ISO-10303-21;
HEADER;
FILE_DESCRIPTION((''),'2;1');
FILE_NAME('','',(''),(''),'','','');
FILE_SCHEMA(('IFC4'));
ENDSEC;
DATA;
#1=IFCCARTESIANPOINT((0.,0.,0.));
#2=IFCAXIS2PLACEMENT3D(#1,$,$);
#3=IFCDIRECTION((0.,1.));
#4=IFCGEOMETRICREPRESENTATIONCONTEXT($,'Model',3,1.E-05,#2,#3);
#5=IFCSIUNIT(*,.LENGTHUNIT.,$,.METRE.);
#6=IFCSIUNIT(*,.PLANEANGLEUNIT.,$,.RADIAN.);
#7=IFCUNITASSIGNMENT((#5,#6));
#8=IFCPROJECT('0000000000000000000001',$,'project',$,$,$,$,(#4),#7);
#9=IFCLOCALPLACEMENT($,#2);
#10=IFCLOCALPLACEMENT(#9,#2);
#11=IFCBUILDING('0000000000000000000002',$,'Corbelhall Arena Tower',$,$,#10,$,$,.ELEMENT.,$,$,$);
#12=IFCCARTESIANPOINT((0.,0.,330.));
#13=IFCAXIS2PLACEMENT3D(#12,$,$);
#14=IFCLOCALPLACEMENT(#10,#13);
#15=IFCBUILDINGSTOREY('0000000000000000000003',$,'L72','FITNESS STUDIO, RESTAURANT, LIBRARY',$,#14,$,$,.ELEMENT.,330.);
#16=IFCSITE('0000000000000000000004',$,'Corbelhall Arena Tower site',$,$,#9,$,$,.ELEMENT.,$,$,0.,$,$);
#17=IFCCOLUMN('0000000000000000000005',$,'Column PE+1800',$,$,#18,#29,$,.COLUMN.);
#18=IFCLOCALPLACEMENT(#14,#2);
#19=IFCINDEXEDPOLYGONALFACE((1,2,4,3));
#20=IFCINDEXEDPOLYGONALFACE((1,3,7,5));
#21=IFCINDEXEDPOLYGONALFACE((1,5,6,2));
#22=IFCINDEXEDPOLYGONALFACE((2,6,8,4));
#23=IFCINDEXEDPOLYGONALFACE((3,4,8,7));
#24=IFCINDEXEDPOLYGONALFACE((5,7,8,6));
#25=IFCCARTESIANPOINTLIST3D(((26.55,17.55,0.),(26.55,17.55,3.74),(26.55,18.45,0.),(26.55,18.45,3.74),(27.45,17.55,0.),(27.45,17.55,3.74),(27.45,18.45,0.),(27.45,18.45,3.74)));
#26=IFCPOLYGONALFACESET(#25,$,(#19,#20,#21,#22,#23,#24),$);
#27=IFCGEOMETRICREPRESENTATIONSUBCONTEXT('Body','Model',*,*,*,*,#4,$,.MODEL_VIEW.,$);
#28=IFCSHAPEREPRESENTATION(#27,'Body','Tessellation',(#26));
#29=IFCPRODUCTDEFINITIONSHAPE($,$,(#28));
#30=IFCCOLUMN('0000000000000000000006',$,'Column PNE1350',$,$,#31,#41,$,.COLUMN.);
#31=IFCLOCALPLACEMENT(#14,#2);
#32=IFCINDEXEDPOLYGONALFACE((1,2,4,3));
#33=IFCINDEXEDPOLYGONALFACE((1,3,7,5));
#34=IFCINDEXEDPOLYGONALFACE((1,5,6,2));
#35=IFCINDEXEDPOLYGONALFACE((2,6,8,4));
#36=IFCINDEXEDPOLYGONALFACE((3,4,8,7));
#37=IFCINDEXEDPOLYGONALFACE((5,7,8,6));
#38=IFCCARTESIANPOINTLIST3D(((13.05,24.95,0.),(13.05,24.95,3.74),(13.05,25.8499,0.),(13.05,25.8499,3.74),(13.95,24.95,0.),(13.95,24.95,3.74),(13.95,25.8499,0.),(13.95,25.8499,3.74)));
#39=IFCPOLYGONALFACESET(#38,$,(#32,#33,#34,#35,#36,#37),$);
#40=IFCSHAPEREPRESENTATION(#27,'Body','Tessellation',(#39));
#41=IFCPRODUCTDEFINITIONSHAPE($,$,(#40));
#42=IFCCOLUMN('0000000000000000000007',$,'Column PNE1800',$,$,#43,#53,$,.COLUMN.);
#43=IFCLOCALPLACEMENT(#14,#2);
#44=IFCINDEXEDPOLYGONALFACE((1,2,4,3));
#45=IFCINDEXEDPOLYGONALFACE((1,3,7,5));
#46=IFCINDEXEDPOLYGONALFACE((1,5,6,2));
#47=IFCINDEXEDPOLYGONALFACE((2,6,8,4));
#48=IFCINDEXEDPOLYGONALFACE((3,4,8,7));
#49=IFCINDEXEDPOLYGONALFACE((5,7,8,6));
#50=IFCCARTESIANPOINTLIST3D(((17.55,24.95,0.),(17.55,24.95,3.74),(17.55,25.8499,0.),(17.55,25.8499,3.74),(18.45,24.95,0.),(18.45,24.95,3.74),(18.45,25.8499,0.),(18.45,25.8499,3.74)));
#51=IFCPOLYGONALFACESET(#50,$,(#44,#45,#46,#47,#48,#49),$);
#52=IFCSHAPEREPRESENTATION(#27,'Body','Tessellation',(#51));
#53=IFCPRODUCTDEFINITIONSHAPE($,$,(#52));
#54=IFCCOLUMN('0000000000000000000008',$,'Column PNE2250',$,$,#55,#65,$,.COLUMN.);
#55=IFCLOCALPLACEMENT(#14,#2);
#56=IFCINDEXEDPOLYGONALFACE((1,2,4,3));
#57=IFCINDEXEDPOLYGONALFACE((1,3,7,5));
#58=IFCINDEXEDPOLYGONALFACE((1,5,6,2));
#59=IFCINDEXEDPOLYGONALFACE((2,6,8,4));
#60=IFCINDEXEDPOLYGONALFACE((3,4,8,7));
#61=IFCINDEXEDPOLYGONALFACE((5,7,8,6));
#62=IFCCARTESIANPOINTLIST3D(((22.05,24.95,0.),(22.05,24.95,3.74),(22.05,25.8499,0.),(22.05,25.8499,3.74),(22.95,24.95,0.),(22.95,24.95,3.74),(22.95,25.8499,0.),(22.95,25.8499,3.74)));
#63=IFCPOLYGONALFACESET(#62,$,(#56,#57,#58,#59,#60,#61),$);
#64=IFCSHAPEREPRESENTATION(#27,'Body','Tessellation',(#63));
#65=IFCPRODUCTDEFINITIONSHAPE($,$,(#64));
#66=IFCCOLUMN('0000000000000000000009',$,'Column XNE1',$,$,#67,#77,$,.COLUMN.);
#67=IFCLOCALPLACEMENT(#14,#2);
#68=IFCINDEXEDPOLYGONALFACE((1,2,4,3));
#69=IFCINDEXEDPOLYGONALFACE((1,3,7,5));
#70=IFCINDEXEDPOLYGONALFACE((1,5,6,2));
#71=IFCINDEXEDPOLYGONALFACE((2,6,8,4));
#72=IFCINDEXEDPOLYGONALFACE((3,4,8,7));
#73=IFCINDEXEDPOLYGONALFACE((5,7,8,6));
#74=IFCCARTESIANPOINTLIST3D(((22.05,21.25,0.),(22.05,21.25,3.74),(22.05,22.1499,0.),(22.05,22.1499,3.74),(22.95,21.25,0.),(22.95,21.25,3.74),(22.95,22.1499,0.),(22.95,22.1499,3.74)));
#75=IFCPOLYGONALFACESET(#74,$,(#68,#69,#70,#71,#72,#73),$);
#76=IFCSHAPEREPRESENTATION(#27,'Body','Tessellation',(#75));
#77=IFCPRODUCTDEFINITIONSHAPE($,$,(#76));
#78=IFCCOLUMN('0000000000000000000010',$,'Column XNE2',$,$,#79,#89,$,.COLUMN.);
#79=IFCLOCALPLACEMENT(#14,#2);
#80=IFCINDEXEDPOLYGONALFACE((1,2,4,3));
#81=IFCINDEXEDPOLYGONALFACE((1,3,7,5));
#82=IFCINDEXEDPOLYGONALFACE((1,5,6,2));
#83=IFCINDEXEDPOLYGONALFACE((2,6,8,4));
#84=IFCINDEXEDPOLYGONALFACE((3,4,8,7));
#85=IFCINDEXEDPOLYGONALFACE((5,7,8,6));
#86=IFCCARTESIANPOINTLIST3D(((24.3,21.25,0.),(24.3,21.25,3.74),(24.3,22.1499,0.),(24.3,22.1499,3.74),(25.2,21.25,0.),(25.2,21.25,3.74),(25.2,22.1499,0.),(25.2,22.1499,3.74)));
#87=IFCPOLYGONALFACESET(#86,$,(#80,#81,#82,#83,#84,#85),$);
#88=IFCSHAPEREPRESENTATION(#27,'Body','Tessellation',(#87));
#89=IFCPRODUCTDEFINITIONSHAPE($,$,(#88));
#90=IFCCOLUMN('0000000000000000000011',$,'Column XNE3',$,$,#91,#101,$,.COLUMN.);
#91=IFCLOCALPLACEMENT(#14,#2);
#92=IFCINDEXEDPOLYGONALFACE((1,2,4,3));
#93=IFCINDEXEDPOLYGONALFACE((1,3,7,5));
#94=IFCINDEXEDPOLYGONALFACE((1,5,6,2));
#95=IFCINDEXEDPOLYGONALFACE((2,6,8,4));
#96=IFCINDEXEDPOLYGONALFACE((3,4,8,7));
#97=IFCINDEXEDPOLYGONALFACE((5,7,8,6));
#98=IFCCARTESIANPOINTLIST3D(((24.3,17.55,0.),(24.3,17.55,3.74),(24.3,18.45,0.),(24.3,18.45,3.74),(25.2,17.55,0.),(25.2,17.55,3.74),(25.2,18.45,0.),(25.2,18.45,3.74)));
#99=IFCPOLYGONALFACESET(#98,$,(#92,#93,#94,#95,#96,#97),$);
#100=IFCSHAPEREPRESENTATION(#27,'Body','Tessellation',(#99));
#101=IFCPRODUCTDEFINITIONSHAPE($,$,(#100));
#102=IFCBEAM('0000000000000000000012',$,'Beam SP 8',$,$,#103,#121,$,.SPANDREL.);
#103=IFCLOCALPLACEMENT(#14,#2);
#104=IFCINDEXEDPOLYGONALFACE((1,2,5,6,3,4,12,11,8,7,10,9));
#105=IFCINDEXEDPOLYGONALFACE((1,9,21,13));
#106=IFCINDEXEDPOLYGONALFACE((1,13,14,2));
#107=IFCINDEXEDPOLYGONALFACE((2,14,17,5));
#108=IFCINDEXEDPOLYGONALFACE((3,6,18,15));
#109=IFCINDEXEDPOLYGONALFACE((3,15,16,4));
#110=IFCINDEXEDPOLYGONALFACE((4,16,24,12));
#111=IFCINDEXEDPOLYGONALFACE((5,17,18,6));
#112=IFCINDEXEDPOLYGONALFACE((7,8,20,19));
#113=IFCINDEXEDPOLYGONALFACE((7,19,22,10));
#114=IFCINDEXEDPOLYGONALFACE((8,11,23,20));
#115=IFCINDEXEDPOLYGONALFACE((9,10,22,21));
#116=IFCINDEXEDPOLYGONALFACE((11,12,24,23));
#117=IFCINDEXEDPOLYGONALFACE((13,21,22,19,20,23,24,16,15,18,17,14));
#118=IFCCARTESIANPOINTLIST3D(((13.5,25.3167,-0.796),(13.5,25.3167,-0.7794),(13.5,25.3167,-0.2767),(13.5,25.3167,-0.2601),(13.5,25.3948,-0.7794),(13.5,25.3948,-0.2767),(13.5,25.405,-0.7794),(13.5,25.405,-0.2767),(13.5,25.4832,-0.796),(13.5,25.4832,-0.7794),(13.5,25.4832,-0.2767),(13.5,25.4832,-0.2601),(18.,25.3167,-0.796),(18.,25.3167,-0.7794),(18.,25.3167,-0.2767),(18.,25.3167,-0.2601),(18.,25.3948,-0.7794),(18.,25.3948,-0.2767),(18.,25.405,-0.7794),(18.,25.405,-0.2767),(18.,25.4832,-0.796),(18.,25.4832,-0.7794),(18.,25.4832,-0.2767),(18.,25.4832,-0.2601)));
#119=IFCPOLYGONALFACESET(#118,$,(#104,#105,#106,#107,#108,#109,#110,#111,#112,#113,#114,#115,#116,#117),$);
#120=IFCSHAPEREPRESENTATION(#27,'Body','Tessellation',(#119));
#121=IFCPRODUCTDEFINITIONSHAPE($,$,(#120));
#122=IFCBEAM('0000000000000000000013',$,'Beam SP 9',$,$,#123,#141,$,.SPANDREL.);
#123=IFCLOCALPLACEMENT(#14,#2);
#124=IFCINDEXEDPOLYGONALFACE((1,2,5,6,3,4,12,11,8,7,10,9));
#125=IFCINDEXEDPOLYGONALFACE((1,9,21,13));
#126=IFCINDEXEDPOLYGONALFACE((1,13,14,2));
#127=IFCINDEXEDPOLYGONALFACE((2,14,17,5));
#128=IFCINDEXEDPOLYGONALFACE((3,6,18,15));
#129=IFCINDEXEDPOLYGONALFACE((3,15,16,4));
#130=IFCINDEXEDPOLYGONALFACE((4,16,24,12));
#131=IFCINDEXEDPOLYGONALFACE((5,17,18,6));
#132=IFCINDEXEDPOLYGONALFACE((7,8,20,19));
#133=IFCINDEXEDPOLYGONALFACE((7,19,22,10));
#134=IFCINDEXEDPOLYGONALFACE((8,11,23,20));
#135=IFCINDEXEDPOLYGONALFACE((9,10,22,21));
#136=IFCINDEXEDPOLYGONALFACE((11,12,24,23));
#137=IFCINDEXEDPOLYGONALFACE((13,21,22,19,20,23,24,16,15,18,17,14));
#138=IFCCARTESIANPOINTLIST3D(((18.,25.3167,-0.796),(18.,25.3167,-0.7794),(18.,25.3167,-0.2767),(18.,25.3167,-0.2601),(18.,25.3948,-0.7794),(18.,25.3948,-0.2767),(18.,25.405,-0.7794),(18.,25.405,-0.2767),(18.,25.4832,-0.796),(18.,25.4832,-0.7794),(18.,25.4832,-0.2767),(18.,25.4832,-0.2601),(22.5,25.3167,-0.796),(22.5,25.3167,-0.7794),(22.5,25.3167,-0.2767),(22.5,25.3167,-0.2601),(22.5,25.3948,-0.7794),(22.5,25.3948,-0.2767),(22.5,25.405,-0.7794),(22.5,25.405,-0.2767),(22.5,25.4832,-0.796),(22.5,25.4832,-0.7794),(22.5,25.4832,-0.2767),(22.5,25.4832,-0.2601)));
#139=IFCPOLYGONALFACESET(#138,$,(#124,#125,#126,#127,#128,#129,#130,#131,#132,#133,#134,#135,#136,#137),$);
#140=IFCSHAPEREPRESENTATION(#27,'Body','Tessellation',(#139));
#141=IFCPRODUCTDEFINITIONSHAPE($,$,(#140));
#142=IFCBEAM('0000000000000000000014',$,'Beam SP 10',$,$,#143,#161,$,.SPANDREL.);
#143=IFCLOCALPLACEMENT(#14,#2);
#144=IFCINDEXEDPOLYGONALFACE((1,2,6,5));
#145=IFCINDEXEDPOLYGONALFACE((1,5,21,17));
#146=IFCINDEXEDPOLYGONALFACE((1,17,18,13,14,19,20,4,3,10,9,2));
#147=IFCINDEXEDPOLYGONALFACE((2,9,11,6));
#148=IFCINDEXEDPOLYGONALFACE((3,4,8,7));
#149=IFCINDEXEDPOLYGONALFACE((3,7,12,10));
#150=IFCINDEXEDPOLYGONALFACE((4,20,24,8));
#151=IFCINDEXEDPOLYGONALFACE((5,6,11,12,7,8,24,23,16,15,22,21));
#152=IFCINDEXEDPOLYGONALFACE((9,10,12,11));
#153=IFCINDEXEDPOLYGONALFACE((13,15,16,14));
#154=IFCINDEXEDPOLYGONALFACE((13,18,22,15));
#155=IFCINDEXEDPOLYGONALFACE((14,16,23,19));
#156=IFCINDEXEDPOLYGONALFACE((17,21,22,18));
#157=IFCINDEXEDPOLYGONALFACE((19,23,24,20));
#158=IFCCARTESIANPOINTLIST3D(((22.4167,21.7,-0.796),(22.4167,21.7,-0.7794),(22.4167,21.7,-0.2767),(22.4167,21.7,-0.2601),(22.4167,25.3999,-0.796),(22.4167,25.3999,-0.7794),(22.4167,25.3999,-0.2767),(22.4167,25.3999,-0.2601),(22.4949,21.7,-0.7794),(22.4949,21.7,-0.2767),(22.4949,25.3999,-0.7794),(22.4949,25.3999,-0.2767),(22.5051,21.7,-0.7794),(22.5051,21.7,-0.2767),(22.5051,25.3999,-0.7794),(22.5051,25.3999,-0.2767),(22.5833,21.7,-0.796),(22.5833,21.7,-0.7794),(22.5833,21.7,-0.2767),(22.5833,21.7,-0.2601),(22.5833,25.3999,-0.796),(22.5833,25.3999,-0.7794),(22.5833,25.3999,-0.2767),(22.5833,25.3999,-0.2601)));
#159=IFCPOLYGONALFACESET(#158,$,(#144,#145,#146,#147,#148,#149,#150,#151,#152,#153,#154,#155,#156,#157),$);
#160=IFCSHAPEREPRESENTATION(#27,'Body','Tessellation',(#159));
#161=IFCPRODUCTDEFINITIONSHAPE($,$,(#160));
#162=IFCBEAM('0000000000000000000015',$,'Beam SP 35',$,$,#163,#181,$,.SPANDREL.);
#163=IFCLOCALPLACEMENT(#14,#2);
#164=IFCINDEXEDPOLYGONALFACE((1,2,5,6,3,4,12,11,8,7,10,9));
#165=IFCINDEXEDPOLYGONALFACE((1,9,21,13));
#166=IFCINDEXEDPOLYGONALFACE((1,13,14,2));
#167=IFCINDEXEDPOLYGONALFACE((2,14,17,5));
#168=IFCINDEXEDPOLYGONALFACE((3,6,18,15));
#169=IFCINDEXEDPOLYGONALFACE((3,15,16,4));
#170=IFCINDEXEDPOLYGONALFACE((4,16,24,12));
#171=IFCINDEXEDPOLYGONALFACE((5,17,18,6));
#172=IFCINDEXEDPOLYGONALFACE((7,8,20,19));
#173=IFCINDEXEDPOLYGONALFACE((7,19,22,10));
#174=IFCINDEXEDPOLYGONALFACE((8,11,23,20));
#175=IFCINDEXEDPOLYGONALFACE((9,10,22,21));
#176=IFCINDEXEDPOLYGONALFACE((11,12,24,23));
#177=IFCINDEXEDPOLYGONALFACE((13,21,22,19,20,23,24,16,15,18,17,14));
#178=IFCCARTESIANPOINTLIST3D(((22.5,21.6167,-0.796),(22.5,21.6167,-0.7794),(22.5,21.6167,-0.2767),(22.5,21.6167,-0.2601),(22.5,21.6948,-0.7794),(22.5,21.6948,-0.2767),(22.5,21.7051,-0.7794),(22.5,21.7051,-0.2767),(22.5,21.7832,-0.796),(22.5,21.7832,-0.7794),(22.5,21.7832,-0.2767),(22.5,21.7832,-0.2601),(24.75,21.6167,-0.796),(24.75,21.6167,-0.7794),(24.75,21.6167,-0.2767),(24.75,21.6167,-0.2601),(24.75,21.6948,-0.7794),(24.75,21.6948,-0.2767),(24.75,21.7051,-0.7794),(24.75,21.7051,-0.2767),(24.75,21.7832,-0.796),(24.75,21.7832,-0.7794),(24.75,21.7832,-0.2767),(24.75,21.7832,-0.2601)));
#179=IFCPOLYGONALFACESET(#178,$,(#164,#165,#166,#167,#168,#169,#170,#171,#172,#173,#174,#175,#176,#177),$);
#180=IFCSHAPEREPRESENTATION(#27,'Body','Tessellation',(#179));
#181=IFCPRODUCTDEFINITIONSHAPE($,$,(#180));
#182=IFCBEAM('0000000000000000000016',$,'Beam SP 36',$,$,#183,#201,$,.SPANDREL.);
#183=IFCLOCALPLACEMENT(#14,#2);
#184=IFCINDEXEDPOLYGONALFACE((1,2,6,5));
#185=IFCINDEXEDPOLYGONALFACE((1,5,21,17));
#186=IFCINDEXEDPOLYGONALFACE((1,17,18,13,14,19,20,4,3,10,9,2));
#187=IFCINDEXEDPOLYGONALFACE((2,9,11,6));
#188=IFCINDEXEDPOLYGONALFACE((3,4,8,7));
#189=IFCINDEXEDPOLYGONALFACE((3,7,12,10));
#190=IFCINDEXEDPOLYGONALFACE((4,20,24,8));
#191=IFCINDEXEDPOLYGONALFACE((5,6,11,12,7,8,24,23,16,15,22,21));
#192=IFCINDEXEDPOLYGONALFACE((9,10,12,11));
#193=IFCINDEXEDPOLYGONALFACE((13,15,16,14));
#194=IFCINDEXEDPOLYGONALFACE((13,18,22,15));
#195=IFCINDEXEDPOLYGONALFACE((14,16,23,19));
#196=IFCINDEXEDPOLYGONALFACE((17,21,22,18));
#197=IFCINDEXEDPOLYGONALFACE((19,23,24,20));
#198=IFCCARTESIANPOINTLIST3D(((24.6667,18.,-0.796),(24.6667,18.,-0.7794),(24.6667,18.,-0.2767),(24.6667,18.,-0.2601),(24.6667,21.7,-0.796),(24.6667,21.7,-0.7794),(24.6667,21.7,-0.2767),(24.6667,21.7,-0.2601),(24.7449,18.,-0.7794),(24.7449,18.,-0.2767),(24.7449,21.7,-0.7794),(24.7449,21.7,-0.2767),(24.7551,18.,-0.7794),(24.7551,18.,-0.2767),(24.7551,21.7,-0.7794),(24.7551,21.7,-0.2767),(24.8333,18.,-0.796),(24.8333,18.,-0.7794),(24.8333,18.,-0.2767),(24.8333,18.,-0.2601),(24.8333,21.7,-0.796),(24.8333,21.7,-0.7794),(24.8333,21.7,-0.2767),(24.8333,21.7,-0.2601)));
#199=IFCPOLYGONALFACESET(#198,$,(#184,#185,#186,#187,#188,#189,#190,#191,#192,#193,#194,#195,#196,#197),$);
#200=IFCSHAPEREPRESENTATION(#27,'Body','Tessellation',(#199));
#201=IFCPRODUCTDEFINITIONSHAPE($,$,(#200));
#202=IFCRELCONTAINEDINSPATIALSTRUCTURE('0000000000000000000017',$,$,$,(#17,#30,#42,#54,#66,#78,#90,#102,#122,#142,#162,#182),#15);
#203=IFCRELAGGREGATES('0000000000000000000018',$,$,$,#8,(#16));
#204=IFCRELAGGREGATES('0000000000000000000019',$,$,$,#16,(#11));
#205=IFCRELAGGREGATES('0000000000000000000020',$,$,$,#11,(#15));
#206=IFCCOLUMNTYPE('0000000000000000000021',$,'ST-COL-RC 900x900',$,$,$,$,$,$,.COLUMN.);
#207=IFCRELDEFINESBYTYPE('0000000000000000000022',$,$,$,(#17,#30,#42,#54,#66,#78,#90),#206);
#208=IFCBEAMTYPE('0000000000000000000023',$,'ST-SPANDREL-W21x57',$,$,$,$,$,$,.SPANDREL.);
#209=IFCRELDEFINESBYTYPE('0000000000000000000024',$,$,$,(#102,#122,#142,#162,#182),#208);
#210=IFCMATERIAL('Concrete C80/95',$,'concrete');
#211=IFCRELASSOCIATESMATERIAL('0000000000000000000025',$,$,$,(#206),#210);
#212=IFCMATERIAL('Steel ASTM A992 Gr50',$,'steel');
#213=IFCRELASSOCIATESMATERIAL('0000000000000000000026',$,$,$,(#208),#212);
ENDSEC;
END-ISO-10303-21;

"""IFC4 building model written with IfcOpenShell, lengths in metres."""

from ifc_helpers import new_model, si_unit, direction, frame, origin, origin_2d, place, context, subcontext, project, spatial, rectangle, i_section, extrude, material, material_profile, profile_set, type_object, element, save


model = new_model("IFC4")

# Units and contexts
model_context = context("Model", 3, precision=1e-05, world=origin(), true_north=direction((0.0, 1.0)))
body_context = subcontext(model_context, "Body", "Model", "MODEL_VIEW")
ifc_project = project(units=[si_unit("LENGTHUNIT", "METRE"), si_unit("PLANEANGLEUNIT", "RADIAN")], contexts=[model_context])

# Site, building, storey
site_placement = place(None, origin())
site = spatial("IfcSite", under=ifc_project, at=site_placement, Name="Corbelhall Arena Tower site", CompositionType="ELEMENT", RefElevation=0.0)
building_placement = place(site_placement, origin())
building = spatial("IfcBuilding", under=site, at=building_placement, Name="Corbelhall Arena Tower", CompositionType="ELEMENT")
storey_placement = place(building_placement, frame((0.0, 0.0, 330.0)))
storey = spatial("IfcBuildingStorey", under=building, at=storey_placement, Name="L72", Description="FITNESS STUDIO, RESTAURANT, LIBRARY", CompositionType="ELEMENT", Elevation=330.0)

# Columns
ifc_material_1 = material(Name="Concrete C80/95", Category="concrete")
ifc_material_profile_1 = material_profile(ifc_material_1, rectangle(XDim=0.8999, YDim=0.8999, at=origin_2d()))
ifc_profile_set_1 = profile_set([ifc_material_profile_1], Name="Concrete C80/95")
column_type = type_object("IfcColumnType", Name="ST-COL-RC 900x900", PredefinedType="COLUMN", material=ifc_profile_set_1)
for number, where, z_axis, x_axis, name in (
    (1, (27.0, 18.0, 0.0), (0.0, 0.0, 1.0), (0.0, 1.0, 0.0), "Column PE+1800"),
    (2, (13.5, 25.3999, 0.0), (0.0, 0.0, 1.0), (1.0, 0.0, 0.0), "Column PNE1350"),
    (3, (18.0, 25.3999, 0.0), (0.0, 0.0, 1.0), (1.0, 0.0, 0.0), "Column PNE1800"),
    (4, (22.5, 25.3999, 0.0), (0.0, 0.0, 1.0), (1.0, 0.0, 0.0), "Column PNE2250"),
    (5, (22.5, 21.7, 0.0), (0.0, 0.0, 1.0), (1.0, 0.0, 0.0), "Column XNE1"),
    (6, (24.75, 21.7, 0.0), (0.0, 0.0, 1.0), (1.0, 0.0, 0.0), "Column XNE2"),
    (7, (24.75, 18.0, 0.0), (0.0, 0.0, 1.0), (1.0, 0.0, 0.0), "Column XNE3"),
):
    element("IfcColumn", number, at=place(storey_placement, frame(where, z_axis=z_axis, x_axis=x_axis)), inside=storey, type_object=column_type, Name=name, PredefinedType="COLUMN", context=body_context, shape_type="SweptSolid", body=[
        extrude(rectangle(XDim=0.8999, YDim=0.8999, at=origin_2d()), origin(), (0.0, 0.0, 1.0), 3.74),
    ])

# Beams
ifc_material_2 = material(Name="Steel ASTM A992 Gr50", Category="steel")
ifc_material_profile_2 = material_profile(ifc_material_2, i_section(OverallWidth=0.1665, OverallDepth=0.5359, WebThickness=0.0103, FlangeThickness=0.0166, at=origin_2d()))
ifc_profile_set_2 = profile_set([ifc_material_profile_2], Name="Steel ASTM A992 Gr50")
beam_type_1 = type_object("IfcBeamType", Name="ST-SPANDREL-W21x57", PredefinedType="SPANDREL", material=ifc_profile_set_2)
for number, where, z_axis, x_axis, name in (
    (8, (13.5, 25.3999, -0.5281), (1.0, 0.0, 0.0), (0.0, 1.0, 0.0), "Beam SP 8"),
    (9, (18.0, 25.3999, -0.5281), (1.0, 0.0, 0.0), (0.0, 1.0, 0.0), "Beam SP 9"),
):
    element("IfcBeam", number, at=place(storey_placement, frame(where, z_axis=z_axis, x_axis=x_axis)), inside=storey, type_object=beam_type_1, Name=name, PredefinedType="SPANDREL", context=body_context, shape_type="SweptSolid", body=[
        extrude(i_section(OverallWidth=0.1665, OverallDepth=0.5359, WebThickness=0.0103, FlangeThickness=0.0166, at=origin_2d()), origin(), (0.0, 0.0, 1.0), 4.5),
    ])
beam_1_placement = place(storey_placement, frame((22.5, 25.3999, -0.5281), z_axis=(0.0, -1.0, 0.0), x_axis=(1.0, 0.0, 0.0)))
element("IfcBeam", 10, at=beam_1_placement, inside=storey, type_object=beam_type_1, Name="Beam SP 10", PredefinedType="SPANDREL", context=body_context, shape_type="SweptSolid", body=[
    extrude(i_section(OverallWidth=0.1665, OverallDepth=0.5359, WebThickness=0.0103, FlangeThickness=0.0166, at=origin_2d()), origin(), (0.0, 0.0, 1.0), 3.7),
])
beam_2_placement = place(storey_placement, frame((22.5, 21.7, -0.5281), z_axis=(1.0, 0.0, 0.0), x_axis=(0.0, 1.0, 0.0)))
element("IfcBeam", 11, at=beam_2_placement, inside=storey, type_object=beam_type_1, Name="Beam SP 35", PredefinedType="SPANDREL", context=body_context, shape_type="SweptSolid", body=[
    extrude(i_section(OverallWidth=0.1665, OverallDepth=0.5359, WebThickness=0.0103, FlangeThickness=0.0166, at=origin_2d()), origin(), (0.0, 0.0, 1.0), 2.25),
])
beam_3_placement = place(storey_placement, frame((24.75, 21.7, -0.5281), z_axis=(0.0, -1.0, 0.0), x_axis=(1.0, 0.0, 0.0)))
element("IfcBeam", 12, at=beam_3_placement, inside=storey, type_object=beam_type_1, Name="Beam SP 36", PredefinedType="SPANDREL", context=body_context, shape_type="SweptSolid", body=[
    extrude(i_section(OverallWidth=0.1665, OverallDepth=0.5359, WebThickness=0.0103, FlangeThickness=0.0166, at=origin_2d()), origin(), (0.0, 0.0, 1.0), 3.7),
])

save(model, "model.ifc")
